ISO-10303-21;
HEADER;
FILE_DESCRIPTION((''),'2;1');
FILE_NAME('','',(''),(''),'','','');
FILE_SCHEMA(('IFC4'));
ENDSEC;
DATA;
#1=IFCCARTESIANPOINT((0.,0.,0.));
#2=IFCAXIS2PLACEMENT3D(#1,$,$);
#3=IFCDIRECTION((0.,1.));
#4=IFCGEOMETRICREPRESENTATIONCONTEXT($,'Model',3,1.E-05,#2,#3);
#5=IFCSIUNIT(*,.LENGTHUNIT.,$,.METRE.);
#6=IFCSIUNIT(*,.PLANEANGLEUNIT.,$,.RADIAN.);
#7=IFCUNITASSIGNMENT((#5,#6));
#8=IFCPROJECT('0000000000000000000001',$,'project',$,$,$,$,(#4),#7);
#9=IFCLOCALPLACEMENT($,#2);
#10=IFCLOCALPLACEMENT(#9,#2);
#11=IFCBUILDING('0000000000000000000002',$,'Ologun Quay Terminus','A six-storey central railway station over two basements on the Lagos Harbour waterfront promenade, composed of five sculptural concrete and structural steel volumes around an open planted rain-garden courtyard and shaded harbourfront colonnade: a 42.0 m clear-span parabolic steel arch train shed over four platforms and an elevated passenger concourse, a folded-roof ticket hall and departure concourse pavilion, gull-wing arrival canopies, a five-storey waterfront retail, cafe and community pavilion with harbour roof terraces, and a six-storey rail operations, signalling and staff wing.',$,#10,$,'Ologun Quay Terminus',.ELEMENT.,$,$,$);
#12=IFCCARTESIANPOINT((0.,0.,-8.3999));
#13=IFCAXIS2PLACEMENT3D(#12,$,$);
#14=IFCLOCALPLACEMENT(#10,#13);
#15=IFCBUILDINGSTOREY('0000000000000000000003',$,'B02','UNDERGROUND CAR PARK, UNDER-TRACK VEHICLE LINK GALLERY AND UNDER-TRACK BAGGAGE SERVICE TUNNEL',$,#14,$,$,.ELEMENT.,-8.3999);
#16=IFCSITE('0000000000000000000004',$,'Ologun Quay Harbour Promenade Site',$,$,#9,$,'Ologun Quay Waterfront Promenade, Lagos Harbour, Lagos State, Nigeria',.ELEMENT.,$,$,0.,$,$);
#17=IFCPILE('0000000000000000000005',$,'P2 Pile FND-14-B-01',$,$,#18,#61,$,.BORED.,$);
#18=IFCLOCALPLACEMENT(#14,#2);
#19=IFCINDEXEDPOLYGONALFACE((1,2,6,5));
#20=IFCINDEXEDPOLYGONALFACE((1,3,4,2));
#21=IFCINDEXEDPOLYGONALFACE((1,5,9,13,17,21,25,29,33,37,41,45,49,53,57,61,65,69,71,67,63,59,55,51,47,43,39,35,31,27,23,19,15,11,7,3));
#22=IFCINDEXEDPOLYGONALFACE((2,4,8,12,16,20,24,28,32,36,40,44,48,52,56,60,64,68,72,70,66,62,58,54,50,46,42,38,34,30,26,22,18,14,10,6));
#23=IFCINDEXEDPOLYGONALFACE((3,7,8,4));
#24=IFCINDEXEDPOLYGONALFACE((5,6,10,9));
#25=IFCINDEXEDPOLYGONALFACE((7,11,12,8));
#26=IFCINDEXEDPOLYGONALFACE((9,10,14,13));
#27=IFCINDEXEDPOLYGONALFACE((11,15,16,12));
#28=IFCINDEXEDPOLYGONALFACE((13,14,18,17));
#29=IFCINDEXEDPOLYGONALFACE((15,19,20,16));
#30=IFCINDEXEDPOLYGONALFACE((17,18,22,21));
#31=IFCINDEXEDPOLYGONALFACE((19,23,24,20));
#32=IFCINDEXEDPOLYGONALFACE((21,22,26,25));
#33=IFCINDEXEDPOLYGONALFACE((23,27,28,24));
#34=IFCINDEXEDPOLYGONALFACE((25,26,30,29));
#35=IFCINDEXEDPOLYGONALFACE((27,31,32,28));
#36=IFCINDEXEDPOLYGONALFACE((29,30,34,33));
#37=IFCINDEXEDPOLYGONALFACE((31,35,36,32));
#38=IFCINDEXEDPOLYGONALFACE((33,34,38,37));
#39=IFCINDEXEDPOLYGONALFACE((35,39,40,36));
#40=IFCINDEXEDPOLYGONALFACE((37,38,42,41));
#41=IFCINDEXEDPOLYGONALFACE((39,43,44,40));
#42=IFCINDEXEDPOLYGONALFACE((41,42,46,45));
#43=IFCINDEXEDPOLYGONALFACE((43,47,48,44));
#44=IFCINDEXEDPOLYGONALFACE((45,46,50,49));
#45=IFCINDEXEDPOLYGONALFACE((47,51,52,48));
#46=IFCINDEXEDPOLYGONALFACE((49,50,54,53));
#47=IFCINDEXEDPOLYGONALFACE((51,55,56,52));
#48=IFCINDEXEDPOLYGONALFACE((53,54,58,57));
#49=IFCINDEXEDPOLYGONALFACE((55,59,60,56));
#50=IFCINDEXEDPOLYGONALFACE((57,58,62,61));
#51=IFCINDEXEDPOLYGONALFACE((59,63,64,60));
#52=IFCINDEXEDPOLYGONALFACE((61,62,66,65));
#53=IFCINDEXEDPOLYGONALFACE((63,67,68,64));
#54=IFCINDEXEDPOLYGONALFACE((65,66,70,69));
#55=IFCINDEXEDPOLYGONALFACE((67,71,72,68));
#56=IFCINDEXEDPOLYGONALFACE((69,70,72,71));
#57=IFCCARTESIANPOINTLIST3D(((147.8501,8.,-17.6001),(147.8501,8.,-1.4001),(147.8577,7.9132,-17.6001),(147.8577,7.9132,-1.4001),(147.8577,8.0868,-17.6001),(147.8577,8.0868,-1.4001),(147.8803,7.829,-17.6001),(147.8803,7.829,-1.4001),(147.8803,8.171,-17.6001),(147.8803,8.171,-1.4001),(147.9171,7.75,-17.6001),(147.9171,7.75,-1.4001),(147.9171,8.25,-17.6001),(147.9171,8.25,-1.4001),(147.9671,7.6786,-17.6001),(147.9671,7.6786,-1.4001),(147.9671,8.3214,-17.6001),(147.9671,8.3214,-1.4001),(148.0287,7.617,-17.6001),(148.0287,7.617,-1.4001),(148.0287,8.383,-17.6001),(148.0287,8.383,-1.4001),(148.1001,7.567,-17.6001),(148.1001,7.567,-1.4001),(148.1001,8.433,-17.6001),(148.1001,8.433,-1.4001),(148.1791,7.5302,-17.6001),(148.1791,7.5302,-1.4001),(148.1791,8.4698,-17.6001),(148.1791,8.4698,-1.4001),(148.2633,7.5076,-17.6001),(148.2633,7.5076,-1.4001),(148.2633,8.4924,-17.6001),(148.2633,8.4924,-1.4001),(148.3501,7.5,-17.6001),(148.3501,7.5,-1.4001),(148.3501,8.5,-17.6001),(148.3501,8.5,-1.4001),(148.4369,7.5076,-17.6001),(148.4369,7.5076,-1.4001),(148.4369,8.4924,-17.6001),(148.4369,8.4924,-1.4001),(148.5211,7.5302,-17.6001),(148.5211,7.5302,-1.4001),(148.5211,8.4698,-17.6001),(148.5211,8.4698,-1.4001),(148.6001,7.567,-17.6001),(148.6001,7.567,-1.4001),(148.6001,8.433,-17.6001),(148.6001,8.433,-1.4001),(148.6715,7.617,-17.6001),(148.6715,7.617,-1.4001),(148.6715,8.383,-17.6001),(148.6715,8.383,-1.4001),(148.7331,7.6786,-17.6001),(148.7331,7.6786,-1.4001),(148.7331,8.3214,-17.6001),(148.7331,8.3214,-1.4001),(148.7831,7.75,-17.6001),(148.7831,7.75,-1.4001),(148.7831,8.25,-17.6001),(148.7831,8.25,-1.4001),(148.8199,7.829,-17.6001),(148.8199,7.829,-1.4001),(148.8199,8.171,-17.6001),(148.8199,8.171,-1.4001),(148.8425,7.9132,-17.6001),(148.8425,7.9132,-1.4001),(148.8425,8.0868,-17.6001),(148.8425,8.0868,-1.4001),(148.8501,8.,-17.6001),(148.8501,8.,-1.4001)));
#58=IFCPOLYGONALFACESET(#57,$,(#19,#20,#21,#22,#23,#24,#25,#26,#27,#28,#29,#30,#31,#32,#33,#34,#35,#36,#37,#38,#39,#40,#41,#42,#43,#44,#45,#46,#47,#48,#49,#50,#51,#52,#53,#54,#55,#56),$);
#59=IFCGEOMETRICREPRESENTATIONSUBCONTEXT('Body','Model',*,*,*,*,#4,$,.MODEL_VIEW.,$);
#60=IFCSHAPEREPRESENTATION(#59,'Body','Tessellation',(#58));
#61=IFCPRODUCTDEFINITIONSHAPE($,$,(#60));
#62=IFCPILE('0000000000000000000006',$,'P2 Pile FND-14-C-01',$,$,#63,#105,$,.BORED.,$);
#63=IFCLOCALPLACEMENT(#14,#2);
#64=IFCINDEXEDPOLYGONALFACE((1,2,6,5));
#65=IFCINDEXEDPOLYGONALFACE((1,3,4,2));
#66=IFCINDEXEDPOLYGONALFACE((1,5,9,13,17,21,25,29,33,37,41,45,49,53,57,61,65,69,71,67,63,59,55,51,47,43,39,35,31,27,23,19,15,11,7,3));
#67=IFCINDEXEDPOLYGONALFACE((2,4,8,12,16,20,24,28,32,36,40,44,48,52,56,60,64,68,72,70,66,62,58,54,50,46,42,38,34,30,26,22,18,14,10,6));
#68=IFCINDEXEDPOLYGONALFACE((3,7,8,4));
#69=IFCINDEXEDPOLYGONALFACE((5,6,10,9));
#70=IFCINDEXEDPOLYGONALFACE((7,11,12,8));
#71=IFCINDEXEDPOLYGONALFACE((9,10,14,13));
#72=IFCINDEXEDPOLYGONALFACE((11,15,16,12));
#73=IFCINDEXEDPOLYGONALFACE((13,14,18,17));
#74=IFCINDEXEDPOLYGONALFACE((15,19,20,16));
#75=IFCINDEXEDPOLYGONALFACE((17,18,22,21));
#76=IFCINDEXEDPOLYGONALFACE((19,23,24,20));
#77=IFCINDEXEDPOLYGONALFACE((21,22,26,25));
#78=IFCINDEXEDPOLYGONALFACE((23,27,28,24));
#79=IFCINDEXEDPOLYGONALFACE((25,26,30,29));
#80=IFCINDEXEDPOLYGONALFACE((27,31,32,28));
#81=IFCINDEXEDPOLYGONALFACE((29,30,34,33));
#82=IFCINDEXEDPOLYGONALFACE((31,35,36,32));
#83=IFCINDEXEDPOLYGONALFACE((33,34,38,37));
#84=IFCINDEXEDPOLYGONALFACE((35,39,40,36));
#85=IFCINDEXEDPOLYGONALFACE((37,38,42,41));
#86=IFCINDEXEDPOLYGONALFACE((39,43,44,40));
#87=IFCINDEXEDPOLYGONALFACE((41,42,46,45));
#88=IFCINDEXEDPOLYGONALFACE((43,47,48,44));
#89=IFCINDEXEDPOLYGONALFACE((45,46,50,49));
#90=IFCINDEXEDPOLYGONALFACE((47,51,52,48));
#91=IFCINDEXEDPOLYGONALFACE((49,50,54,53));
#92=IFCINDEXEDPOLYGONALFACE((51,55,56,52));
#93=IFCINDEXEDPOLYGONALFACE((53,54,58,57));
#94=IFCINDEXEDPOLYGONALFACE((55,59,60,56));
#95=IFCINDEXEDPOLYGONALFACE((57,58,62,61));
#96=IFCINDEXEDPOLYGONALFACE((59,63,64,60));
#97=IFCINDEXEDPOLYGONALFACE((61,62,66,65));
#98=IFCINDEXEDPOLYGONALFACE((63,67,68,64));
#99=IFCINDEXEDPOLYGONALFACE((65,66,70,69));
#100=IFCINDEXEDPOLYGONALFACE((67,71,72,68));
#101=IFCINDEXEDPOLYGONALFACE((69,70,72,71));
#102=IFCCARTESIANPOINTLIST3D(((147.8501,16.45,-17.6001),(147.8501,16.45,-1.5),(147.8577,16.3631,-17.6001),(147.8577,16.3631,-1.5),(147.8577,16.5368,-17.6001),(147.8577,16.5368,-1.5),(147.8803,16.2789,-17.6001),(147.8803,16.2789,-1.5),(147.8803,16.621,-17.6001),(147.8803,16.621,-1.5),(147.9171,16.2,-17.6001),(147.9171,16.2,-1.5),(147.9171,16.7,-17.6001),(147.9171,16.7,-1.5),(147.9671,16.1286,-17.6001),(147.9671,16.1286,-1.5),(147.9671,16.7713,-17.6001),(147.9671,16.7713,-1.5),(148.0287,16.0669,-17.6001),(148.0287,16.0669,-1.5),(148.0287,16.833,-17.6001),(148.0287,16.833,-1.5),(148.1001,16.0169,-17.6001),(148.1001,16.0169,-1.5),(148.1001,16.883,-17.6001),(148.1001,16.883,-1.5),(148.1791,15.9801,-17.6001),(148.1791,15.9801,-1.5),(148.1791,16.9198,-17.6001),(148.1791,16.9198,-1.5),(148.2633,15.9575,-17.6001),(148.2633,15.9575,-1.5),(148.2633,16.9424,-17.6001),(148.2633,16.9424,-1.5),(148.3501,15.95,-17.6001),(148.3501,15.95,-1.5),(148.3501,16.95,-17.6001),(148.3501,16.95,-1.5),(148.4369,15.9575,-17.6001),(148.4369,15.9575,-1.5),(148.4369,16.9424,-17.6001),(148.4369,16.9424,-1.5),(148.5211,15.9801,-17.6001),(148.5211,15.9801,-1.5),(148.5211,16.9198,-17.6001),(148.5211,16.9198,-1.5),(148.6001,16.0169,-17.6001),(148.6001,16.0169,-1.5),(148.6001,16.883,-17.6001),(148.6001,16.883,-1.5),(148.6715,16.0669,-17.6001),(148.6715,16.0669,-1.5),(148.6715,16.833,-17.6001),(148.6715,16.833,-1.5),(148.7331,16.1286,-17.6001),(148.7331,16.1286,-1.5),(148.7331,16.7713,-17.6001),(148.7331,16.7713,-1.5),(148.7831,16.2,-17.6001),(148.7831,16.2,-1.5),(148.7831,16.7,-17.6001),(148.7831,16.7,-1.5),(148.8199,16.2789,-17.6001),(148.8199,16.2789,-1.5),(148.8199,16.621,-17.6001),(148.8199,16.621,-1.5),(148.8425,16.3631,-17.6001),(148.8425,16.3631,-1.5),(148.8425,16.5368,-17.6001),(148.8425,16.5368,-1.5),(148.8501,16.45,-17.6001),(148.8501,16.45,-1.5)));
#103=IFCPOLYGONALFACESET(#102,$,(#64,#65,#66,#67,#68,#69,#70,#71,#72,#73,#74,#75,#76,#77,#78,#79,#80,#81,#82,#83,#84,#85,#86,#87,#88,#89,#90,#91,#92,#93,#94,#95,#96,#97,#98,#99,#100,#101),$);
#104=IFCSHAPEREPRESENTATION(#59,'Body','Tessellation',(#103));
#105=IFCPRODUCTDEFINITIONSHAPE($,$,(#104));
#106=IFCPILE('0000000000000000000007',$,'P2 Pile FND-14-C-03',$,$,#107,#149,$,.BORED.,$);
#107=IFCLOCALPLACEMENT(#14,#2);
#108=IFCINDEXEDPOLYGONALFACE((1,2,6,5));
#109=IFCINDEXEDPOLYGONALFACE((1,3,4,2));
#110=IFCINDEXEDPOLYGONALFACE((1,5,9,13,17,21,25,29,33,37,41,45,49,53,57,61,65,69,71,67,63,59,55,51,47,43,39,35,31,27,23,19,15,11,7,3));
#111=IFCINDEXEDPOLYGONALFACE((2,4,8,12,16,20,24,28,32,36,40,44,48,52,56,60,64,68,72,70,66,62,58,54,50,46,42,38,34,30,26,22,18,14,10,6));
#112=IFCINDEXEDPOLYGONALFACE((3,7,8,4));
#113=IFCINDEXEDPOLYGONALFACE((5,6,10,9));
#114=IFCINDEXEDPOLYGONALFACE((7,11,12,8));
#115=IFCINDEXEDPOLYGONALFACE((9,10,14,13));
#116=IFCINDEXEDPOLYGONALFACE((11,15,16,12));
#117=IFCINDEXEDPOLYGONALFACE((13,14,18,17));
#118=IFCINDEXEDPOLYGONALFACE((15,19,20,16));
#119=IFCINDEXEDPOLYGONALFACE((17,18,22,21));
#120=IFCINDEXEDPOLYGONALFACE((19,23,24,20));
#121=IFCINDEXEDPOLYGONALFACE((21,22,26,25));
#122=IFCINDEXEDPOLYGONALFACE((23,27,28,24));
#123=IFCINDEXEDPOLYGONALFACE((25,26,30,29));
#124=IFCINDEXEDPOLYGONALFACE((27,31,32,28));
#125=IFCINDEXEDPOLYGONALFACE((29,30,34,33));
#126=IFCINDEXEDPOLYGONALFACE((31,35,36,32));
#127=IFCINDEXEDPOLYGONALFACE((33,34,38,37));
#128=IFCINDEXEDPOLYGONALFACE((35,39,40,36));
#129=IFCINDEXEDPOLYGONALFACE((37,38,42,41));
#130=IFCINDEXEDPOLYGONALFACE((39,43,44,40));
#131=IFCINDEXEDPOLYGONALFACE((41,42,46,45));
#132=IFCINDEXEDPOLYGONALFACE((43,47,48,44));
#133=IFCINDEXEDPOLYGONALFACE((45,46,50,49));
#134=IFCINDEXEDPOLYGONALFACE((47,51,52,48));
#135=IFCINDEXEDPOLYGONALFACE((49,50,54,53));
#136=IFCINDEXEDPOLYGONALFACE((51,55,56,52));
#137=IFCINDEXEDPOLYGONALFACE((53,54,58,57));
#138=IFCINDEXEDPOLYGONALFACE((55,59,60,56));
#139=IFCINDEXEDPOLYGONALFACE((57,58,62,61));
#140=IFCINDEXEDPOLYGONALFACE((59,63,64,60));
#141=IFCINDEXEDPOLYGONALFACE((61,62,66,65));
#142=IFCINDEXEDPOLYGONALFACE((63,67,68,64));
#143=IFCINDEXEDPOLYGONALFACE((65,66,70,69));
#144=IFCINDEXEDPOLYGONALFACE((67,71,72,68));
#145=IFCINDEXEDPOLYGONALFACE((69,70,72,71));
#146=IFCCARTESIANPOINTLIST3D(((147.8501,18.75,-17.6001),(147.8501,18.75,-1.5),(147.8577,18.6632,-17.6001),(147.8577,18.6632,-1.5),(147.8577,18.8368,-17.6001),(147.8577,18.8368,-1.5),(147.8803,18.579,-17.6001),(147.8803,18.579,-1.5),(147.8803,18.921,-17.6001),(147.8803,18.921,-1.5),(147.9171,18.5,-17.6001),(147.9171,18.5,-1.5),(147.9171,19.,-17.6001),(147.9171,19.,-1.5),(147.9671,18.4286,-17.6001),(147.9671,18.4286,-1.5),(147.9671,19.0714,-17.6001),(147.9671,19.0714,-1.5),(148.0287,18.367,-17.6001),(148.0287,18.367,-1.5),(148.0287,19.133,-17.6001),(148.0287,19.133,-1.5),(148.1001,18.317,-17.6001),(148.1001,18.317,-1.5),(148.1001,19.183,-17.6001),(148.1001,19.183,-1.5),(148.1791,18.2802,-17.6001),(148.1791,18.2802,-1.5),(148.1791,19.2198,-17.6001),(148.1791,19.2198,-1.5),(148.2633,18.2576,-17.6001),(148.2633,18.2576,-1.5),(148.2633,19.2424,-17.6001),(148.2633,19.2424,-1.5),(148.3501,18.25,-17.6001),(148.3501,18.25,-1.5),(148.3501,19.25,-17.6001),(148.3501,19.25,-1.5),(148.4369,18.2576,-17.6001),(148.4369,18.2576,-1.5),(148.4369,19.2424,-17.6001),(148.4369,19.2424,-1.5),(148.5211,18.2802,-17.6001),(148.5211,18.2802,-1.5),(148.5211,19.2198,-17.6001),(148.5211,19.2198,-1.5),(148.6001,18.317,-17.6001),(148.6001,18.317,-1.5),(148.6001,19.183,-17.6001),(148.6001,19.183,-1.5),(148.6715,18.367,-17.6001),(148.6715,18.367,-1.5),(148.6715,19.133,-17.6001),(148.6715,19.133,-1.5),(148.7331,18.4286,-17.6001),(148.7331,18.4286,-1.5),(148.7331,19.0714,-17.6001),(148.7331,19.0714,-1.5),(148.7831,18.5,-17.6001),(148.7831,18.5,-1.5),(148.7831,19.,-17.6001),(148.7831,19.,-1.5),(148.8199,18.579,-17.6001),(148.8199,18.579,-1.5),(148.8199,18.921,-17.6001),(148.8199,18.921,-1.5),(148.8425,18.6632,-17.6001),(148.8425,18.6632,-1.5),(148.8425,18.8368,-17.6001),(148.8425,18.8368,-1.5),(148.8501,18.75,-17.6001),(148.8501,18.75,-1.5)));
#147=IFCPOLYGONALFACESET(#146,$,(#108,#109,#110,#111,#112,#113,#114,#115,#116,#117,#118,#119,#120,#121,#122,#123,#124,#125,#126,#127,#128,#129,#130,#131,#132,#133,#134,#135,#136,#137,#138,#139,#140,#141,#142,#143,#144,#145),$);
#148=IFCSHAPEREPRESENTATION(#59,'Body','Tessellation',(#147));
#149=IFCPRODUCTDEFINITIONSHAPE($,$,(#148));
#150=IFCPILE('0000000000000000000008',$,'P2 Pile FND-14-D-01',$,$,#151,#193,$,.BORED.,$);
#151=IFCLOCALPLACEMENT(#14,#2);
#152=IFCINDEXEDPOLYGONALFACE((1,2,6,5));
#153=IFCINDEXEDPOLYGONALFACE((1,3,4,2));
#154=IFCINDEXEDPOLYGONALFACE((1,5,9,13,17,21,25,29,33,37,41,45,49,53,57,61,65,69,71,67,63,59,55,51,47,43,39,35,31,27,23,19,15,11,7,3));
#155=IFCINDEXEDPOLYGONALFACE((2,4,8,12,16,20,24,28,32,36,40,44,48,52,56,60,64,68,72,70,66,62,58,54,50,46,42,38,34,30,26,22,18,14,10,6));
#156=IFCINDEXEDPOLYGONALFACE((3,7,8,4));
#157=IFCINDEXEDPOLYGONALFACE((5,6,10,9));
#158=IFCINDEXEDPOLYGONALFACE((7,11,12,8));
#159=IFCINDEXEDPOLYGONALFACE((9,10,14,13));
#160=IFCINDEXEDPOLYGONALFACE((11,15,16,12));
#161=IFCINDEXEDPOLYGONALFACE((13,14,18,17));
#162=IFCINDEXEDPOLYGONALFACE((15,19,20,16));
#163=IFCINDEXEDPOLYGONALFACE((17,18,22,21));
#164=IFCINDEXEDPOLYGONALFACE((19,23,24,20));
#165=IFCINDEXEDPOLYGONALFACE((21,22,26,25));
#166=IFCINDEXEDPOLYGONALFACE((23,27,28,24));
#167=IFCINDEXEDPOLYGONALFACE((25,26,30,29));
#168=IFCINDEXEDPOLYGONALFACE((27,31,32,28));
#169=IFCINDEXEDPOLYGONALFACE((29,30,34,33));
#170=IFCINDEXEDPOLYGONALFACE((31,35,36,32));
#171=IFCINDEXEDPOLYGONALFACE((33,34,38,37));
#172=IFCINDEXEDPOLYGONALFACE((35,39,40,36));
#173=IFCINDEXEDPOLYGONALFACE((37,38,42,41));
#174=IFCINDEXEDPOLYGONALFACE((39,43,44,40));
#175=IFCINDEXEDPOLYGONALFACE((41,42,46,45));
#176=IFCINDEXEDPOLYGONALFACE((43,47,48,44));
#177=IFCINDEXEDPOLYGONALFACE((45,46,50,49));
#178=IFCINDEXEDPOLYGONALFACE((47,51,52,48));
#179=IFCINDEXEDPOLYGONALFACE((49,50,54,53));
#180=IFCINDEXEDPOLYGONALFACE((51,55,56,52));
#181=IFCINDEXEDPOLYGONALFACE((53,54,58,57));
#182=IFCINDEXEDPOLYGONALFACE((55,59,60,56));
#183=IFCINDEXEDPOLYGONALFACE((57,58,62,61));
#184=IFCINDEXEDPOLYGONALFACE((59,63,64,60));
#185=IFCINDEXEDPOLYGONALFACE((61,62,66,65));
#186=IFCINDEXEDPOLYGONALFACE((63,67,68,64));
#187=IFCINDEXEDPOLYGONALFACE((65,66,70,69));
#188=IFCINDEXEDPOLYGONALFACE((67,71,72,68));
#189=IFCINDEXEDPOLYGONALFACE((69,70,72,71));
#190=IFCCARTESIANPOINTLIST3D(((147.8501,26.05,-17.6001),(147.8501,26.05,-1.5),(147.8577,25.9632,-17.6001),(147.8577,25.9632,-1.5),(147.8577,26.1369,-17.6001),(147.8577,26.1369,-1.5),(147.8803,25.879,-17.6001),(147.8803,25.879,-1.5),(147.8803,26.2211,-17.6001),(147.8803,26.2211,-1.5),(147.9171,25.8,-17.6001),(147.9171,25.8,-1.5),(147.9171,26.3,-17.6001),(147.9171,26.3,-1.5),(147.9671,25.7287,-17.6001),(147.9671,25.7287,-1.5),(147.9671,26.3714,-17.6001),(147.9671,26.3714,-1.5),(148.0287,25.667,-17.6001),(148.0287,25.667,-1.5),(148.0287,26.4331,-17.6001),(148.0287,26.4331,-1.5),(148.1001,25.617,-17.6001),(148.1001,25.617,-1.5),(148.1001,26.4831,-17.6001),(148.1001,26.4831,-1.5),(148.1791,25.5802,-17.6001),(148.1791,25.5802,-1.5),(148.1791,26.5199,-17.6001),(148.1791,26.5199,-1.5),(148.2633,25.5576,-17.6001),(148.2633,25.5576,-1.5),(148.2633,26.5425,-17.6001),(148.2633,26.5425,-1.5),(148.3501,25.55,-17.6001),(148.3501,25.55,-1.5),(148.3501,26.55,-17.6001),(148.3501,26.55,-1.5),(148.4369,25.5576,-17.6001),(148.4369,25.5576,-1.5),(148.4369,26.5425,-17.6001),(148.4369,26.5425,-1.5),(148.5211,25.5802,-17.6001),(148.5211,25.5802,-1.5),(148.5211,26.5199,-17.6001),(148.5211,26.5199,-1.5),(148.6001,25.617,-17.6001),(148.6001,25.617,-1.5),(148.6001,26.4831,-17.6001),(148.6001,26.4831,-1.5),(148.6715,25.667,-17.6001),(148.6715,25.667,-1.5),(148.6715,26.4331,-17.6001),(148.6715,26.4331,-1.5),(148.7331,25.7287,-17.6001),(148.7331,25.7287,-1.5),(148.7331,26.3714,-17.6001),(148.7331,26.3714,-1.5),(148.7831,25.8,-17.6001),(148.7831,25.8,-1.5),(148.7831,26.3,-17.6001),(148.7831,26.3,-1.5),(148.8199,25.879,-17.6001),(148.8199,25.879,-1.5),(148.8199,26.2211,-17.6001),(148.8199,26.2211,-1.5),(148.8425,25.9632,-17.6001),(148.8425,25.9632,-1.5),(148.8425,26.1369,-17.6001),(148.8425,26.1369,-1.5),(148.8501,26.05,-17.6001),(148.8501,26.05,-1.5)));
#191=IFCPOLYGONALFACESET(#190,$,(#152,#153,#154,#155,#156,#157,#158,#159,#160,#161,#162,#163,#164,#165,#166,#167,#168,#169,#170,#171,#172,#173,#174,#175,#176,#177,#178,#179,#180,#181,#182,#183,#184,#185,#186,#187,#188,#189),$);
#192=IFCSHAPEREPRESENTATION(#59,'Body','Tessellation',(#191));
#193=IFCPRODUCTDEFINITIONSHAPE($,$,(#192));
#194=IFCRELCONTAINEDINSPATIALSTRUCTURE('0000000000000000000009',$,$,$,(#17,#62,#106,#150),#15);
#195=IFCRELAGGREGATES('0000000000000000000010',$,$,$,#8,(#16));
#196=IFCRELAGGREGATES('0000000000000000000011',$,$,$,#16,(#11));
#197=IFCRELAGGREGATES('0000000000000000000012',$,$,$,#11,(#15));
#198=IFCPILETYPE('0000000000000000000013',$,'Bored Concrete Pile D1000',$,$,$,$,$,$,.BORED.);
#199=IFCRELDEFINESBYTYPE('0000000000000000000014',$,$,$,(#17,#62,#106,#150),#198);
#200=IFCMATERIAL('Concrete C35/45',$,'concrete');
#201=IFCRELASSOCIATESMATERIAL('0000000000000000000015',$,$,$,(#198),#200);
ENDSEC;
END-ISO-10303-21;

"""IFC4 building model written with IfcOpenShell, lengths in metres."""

from ifc_helpers import new_model, si_unit, direction, frame, origin, origin_2d, place, context, subcontext, project, spatial, circle, extrude, material, material_profile, profile_set, type_object, element, save


model = new_model("IFC4")

# Units and contexts
model_context = context("Model", 3, precision=1e-05, world=origin(), true_north=direction((0.0, 1.0)))
body_context = subcontext(model_context, "Body", "Model", "MODEL_VIEW")
ifc_project = project(units=[si_unit("LENGTHUNIT", "METRE"), si_unit("PLANEANGLEUNIT", "RADIAN")], contexts=[model_context])

# Site, building, storey
site_placement = place(None, origin())
site = spatial("IfcSite", under=ifc_project, at=site_placement, Name="Ologun Quay Harbour Promenade Site", LongName="Ologun Quay Waterfront Promenade, Lagos Harbour, Lagos State, Nigeria", CompositionType="ELEMENT", RefElevation=0.0)
building_placement = place(site_placement, origin())
building = spatial("IfcBuilding", under=site, at=building_placement, Name="Ologun Quay Terminus", Description="A six-storey central railway station over two basements on the Lagos Harbour waterfront promenade, composed of five sculptural concrete and structural steel volumes around an open planted rain-garden courtyard and shaded harbourfront colonnade: a 42.0 m clear-span parabolic steel arch train shed over four platforms and an elevated passenger concourse, a folded-roof ticket hall and departure concourse pavilion, gull-wing arrival canopies, a five-storey waterfront retail, cafe and community pavilion with harbour roof terraces, and a six-storey rail operations, signalling and staff wing.", LongName="Ologun Quay Terminus", CompositionType="ELEMENT")
storey_placement = place(building_placement, frame((0.0, 0.0, -8.3999)))
storey = spatial("IfcBuildingStorey", under=building, at=storey_placement, Name="B02", Description="UNDERGROUND CAR PARK, UNDER-TRACK VEHICLE LINK GALLERY AND UNDER-TRACK BAGGAGE SERVICE TUNNEL", CompositionType="ELEMENT", Elevation=-8.3999)

# Piles
ifc_material_1 = material(Name="Concrete C35/45", Category="concrete")
ifc_material_profile_1 = material_profile(ifc_material_1, circle(Radius=0.5, at=origin_2d()), Name="PILE D1000")
ifc_profile_set_1 = profile_set([ifc_material_profile_1], Name="Concrete C35/45")
pile_type_1 = type_object("IfcPileType", Name="Bored Concrete Pile D1000", PredefinedType="BORED", material=ifc_profile_set_1)
pile_placement = place(storey_placement, frame((148.3501, 8.0, -1.4001), z_axis=(0.0, 0.0, -1.0), x_axis=(1.0, 0.0, 0.0)))
element("IfcPile", 1, at=pile_placement, inside=storey, type_object=pile_type_1, Name="P2 Pile FND-14-B-01", PredefinedType="BORED", context=body_context, shape_type="SweptSolid", body=[
    extrude(circle(Radius=0.5, at=origin_2d()), origin(), (0.0, 0.0, 1.0), 16.2),
])
for number, where, z_axis, x_axis, name in (
    (2, (148.3501, 16.45, -1.5), (0.0, 0.0, -1.0), (1.0, 0.0, 0.0), "P2 Pile FND-14-C-01"),
    (3, (148.3501, 18.75, -1.5), (0.0, 0.0, -1.0), (1.0, 0.0, 0.0), "P2 Pile FND-14-C-03"),
    (4, (148.3501, 26.05, -1.5), (0.0, 0.0, -1.0), (1.0, 0.0, 0.0), "P2 Pile FND-14-D-01"),
):
    element("IfcPile", number, at=place(storey_placement, frame(where, z_axis=z_axis, x_axis=x_axis)), inside=storey, type_object=pile_type_1, Name=name, PredefinedType="BORED", context=body_context, shape_type="SweptSolid", body=[
        extrude(circle(Radius=0.5, at=origin_2d()), origin(), (0.0, 0.0, 1.0), 16.1001),
    ])

save(model, "model.ifc")
